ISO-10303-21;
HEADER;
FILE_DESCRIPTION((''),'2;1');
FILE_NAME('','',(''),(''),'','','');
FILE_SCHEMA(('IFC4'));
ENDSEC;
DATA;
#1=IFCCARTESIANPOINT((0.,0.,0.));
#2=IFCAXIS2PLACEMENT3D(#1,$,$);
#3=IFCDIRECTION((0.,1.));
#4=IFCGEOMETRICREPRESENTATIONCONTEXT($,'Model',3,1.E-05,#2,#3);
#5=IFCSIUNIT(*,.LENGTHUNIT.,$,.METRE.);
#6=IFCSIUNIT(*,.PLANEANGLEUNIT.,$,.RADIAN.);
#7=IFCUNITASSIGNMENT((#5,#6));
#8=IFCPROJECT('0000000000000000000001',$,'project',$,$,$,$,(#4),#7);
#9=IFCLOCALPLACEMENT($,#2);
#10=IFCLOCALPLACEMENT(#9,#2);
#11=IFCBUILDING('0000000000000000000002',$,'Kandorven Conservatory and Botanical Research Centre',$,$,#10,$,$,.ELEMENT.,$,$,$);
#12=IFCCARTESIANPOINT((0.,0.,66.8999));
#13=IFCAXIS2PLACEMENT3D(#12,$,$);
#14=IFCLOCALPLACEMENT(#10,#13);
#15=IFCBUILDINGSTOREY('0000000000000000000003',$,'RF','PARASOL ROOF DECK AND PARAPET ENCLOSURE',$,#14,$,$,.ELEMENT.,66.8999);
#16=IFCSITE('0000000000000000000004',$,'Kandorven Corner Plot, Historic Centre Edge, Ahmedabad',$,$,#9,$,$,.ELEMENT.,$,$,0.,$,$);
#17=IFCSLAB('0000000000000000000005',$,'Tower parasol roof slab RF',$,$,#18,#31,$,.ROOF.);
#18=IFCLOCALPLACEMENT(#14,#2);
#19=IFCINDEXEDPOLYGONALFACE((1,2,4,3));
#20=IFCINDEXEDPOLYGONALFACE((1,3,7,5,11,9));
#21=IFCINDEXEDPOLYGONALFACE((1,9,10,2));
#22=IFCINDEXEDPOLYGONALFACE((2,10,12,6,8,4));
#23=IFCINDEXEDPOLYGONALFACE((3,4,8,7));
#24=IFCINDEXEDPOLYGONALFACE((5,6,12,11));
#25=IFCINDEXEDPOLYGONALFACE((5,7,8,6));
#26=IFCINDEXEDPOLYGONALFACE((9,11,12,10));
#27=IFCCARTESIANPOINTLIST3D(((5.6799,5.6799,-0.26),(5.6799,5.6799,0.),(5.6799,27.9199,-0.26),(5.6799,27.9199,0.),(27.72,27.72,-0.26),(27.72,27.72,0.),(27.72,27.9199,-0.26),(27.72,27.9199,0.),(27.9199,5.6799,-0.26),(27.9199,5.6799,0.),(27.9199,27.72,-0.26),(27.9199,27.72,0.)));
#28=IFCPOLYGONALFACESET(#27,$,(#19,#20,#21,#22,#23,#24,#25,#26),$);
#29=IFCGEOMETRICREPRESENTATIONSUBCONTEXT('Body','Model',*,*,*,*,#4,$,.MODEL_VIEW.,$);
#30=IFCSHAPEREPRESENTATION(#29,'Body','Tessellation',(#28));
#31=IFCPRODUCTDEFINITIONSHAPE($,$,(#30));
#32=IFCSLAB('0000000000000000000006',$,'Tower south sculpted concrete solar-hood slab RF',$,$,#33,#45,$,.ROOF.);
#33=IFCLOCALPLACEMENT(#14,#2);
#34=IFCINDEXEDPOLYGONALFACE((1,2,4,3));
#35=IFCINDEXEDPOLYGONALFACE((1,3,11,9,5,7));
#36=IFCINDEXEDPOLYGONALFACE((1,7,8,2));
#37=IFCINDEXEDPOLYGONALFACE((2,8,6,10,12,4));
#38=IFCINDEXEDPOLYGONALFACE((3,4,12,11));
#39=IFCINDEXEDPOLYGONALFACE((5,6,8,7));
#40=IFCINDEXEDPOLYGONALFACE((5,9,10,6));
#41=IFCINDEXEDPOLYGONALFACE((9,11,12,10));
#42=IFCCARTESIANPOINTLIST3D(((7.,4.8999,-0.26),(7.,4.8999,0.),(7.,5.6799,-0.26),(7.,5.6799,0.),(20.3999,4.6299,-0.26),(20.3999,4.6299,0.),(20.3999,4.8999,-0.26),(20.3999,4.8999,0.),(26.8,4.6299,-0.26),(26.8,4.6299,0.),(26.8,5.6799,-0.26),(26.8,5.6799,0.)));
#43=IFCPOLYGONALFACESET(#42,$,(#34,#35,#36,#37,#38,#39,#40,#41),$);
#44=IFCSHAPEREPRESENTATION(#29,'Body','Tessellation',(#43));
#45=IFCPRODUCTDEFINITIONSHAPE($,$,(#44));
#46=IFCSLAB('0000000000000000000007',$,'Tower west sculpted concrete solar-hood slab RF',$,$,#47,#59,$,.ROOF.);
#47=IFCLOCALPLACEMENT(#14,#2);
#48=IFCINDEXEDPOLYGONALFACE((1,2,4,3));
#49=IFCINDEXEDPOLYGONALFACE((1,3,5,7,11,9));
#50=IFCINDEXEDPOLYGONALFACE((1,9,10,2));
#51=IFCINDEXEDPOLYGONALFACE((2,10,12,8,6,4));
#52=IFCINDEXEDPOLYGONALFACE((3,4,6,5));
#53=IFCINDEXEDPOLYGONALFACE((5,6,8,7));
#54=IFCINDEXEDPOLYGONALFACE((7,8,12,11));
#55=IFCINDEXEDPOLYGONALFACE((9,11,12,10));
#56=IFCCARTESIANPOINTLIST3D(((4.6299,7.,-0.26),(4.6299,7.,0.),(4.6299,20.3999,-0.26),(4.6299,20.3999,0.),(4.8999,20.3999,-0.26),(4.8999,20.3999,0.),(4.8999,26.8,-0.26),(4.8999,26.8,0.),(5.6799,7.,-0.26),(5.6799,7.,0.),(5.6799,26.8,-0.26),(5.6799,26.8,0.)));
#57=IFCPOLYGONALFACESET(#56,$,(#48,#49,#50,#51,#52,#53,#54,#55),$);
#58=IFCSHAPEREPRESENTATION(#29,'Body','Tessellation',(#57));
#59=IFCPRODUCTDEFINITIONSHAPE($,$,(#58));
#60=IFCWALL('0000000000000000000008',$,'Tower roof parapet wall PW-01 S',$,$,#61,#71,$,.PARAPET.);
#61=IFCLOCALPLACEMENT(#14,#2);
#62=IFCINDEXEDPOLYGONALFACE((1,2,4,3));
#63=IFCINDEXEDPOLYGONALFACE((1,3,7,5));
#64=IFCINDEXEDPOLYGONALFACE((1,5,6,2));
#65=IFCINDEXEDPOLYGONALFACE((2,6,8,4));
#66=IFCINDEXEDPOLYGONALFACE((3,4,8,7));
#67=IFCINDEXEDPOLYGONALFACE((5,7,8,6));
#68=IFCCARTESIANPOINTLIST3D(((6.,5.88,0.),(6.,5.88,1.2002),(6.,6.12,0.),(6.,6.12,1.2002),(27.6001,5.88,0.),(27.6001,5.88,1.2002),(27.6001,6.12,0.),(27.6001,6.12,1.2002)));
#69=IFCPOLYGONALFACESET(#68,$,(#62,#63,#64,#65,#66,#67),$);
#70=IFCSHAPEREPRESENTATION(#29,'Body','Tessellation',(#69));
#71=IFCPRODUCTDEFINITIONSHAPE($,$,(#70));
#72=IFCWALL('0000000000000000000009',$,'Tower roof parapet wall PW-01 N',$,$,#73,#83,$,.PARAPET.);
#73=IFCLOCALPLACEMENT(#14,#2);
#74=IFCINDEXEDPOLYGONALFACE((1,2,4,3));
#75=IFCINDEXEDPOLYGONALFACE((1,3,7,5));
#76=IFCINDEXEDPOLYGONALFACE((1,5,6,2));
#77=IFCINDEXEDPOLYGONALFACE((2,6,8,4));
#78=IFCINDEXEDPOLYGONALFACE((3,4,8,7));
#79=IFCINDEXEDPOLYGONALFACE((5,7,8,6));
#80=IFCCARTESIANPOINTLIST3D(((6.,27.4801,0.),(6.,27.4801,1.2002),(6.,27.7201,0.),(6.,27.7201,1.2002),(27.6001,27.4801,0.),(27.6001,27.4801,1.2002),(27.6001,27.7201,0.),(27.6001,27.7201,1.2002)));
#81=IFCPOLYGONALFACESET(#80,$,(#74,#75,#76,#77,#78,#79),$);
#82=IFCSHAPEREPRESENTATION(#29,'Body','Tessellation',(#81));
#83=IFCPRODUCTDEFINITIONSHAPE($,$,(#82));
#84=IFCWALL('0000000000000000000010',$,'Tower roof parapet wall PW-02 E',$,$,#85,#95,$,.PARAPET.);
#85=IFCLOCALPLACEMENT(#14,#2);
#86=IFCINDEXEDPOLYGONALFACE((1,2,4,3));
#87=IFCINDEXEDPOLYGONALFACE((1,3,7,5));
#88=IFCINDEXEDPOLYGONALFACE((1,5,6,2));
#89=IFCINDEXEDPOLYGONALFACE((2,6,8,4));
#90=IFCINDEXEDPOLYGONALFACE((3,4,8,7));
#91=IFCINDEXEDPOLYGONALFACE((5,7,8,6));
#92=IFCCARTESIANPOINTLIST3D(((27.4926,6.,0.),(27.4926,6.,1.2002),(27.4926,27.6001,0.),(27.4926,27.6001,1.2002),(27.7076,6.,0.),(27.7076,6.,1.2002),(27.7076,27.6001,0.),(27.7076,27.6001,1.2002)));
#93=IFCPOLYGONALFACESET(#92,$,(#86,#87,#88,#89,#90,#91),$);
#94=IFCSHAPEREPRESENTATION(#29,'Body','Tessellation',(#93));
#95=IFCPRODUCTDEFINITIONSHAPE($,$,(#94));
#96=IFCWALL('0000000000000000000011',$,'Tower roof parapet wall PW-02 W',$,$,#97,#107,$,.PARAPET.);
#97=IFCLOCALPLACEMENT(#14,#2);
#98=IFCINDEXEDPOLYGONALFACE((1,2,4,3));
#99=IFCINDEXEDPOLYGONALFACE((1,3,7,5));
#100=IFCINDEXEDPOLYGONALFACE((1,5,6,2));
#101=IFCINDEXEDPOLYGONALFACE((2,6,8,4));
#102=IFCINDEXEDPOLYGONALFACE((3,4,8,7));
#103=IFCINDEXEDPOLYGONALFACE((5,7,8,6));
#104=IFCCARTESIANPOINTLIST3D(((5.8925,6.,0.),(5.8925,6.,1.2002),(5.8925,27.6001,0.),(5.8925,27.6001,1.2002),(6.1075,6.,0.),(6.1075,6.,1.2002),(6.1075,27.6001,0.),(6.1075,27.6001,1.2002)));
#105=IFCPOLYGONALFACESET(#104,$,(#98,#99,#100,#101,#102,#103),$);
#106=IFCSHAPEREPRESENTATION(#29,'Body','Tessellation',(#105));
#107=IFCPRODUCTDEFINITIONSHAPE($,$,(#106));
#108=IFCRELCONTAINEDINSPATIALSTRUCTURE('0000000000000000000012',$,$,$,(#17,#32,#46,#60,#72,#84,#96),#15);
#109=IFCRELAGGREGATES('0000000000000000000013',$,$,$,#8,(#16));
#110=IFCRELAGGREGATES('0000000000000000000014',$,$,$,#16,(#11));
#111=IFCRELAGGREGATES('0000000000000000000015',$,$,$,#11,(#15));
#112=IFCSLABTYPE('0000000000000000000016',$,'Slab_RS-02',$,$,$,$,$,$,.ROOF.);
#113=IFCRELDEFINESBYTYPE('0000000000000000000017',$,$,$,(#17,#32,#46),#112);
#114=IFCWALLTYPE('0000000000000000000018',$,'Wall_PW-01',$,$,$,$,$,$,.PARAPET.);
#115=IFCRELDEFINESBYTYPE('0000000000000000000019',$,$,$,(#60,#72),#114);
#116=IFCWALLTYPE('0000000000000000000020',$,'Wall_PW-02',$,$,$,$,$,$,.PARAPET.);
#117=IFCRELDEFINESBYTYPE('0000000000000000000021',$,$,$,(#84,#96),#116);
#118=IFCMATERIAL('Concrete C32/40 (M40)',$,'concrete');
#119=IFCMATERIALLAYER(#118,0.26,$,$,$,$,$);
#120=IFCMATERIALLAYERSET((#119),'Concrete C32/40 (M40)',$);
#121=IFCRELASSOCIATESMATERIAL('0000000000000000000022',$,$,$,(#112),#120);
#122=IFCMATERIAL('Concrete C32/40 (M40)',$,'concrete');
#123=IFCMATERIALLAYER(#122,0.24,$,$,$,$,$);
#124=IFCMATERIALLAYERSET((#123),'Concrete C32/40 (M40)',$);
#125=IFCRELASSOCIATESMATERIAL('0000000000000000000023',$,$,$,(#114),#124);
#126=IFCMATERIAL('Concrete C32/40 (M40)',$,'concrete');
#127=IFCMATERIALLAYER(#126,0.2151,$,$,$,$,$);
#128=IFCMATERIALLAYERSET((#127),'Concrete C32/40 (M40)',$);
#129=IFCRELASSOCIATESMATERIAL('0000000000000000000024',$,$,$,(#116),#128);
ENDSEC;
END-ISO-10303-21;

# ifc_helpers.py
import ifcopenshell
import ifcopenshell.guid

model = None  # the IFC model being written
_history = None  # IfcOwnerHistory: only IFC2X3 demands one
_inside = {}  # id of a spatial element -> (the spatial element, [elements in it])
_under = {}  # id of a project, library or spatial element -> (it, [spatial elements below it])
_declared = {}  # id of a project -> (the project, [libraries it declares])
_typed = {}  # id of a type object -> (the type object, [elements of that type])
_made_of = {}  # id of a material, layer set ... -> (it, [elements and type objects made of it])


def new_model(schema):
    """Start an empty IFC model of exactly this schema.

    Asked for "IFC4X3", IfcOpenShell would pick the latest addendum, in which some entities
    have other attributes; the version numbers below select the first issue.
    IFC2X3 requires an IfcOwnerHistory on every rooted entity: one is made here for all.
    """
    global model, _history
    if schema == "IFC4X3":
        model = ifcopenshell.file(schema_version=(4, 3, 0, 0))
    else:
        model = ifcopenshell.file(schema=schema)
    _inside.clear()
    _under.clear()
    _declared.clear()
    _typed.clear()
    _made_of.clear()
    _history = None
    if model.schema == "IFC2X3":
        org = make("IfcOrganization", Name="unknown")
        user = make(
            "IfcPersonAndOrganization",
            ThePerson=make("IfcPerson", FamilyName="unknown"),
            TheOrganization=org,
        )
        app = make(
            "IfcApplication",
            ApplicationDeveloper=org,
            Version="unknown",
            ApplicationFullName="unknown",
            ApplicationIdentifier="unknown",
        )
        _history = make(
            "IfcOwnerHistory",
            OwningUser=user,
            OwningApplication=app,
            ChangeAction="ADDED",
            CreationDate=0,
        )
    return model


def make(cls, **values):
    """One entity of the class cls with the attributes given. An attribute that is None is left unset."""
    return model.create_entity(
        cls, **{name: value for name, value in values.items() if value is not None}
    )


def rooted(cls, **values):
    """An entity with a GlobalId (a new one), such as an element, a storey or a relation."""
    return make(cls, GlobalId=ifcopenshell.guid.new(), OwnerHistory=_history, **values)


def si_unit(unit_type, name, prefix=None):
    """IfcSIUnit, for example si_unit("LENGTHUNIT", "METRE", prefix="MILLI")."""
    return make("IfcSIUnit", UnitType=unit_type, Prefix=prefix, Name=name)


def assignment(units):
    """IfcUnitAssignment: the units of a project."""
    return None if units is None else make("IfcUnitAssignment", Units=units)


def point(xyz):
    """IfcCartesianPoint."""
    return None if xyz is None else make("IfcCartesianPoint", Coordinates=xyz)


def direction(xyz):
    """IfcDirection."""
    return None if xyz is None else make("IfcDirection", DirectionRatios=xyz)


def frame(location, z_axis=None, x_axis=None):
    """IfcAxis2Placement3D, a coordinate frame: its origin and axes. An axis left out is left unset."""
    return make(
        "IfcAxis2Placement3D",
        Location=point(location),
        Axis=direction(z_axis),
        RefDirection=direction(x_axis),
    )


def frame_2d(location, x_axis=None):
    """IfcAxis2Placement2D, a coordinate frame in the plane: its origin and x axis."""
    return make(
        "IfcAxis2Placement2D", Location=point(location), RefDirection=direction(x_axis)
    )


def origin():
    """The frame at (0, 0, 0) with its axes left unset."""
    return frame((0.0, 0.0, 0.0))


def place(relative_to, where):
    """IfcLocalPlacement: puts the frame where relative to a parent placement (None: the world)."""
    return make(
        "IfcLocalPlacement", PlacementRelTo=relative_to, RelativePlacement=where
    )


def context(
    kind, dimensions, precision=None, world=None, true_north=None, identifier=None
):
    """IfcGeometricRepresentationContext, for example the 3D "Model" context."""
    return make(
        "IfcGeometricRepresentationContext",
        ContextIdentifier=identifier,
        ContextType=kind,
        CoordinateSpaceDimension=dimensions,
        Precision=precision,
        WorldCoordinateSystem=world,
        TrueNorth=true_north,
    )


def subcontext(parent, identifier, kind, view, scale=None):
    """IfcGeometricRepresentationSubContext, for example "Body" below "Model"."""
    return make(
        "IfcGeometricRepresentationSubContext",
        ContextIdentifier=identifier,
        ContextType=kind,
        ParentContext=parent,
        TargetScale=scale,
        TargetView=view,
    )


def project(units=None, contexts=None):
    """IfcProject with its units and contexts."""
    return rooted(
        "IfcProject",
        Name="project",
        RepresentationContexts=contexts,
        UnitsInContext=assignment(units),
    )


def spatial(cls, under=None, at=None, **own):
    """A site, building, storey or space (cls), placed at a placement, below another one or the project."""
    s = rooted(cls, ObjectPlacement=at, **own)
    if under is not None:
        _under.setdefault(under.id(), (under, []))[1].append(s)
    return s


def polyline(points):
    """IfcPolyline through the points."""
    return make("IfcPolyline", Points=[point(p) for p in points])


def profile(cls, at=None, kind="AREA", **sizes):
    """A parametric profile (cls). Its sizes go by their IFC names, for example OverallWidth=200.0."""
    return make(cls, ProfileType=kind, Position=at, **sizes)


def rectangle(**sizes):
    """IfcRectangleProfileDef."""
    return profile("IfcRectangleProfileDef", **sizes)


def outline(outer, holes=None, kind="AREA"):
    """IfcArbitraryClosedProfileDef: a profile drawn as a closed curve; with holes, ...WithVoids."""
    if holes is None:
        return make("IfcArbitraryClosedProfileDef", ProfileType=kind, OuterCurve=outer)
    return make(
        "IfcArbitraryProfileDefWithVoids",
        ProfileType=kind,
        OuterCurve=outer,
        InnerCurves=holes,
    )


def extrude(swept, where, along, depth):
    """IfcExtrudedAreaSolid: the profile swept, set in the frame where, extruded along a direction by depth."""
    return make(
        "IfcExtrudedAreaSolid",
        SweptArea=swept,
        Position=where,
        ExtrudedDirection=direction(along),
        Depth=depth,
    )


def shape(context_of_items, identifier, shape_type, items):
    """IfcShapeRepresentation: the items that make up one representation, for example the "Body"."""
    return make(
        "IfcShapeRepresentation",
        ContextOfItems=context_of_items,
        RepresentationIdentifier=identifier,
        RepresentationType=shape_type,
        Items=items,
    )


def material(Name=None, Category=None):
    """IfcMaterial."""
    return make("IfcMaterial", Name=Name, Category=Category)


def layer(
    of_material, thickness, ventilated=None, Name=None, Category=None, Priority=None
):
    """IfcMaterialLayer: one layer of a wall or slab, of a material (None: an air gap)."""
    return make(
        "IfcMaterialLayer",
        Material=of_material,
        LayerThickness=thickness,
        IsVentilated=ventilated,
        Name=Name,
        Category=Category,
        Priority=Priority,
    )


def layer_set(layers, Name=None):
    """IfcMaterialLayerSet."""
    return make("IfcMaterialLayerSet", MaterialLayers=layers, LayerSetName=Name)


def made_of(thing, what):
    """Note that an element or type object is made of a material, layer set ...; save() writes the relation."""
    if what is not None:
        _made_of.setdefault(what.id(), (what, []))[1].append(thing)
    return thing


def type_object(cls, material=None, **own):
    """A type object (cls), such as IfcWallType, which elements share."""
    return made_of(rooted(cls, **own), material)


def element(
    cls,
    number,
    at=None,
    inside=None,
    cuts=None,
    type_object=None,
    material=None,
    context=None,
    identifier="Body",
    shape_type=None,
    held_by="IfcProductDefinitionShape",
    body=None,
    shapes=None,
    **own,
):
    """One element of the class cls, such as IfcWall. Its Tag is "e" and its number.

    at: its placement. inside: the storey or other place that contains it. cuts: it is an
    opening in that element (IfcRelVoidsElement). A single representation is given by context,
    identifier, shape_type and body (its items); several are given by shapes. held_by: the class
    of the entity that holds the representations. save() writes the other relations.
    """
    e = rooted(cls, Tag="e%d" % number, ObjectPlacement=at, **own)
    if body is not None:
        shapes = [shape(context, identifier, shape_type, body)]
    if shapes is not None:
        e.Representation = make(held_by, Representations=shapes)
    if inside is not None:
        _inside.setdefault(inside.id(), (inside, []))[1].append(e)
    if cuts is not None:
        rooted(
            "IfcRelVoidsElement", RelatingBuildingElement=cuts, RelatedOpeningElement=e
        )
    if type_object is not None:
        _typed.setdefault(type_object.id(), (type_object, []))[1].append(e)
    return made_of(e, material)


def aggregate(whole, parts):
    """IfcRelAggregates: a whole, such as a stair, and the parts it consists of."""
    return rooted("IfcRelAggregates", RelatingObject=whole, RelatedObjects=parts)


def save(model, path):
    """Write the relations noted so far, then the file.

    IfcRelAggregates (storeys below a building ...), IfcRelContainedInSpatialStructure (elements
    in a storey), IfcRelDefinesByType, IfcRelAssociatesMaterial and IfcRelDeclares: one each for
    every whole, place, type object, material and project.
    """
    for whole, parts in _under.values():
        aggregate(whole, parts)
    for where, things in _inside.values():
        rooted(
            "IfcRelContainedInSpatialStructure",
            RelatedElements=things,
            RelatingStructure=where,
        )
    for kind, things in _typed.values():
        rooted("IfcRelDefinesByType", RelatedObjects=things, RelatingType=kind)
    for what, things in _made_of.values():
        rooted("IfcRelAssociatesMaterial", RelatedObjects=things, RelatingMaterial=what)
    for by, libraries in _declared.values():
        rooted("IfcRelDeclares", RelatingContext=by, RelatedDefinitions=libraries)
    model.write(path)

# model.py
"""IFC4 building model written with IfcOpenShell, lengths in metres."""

from ifc_helpers import new_model, si_unit, direction, frame, frame_2d, origin, place, context, subcontext, project, spatial, polyline, rectangle, outline, extrude, material, layer, layer_set, type_object, element, save


model = new_model("IFC4")

# Units and contexts
model_context = context("Model", 3, precision=1e-05, world=origin(), true_north=direction((0.0, 1.0)))
body_context = subcontext(model_context, "Body", "Model", "MODEL_VIEW")
ifc_project = project(units=[si_unit("LENGTHUNIT", "METRE"), si_unit("PLANEANGLEUNIT", "RADIAN")], contexts=[model_context])

# Site, building, storey
site_placement = place(None, origin())
site = spatial("IfcSite", under=ifc_project, at=site_placement, Name="Kandorven Corner Plot, Historic Centre Edge, Ahmedabad", CompositionType="ELEMENT", RefElevation=0.0)
building_placement = place(site_placement, origin())
building = spatial("IfcBuilding", under=site, at=building_placement, Name="Kandorven Conservatory and Botanical Research Centre", CompositionType="ELEMENT")
storey_placement = place(building_placement, frame((0.0, 0.0, 66.8999)))
storey = spatial("IfcBuildingStorey", under=building, at=storey_placement, Name="RF", Description="PARASOL ROOF DECK AND PARAPET ENCLOSURE", CompositionType="ELEMENT", Elevation=66.8999)

# Slabs
ifc_material_1 = material(Name="Concrete C32/40 (M40)", Category="concrete")
ifc_layer_1 = layer(ifc_material_1, 0.26)
ifc_layer_set_1 = layer_set([ifc_layer_1], Name="Concrete C32/40 (M40)")
slab_type = type_object("IfcSlabType", Name="Slab_RS-02", PredefinedType="ROOF", material=ifc_layer_set_1)
slab_1_placement = place(storey_placement, frame((0.0, 0.0, -0.26)))
element("IfcSlab", 1, at=slab_1_placement, inside=storey, type_object=slab_type, Name="Tower parasol roof slab RF", PredefinedType="ROOF", context=body_context, shape_type="SweptSolid", body=[
    extrude(outline(polyline([(5.6799, 5.6799), (27.9199, 5.6799), (27.9199, 27.72), (27.72, 27.72), (27.72, 27.9199), (5.6799, 27.9199), (5.6799, 5.6799)])), origin(), (0.0, 0.0, 1.0), 0.26),
])
slab_2_placement = place(storey_placement, frame((0.0, 0.0, -0.26)))
element("IfcSlab", 2, at=slab_2_placement, inside=storey, type_object=slab_type, Name="Tower south sculpted concrete solar-hood slab RF", PredefinedType="ROOF", context=body_context, shape_type="SweptSolid", body=[
    extrude(outline(polyline([(7.0, 5.6799), (26.8, 5.6799), (26.8, 4.6299), (20.3999, 4.6299), (20.3999, 4.8999), (7.0, 4.8999), (7.0, 5.6799)])), origin(), (0.0, 0.0, 1.0), 0.26),
])
slab_3_placement = place(storey_placement, frame((0.0, 0.0, -0.26)))
element("IfcSlab", 3, at=slab_3_placement, inside=storey, type_object=slab_type, Name="Tower west sculpted concrete solar-hood slab RF", PredefinedType="ROOF", context=body_context, shape_type="SweptSolid", body=[
    extrude(outline(polyline([(4.6299, 7.0), (5.6799, 7.0), (5.6799, 26.8), (4.8999, 26.8), (4.8999, 20.3999), (4.6299, 20.3999), (4.6299, 7.0)])), origin(), (0.0, 0.0, 1.0), 0.26),
])

# Walls
ifc_material_2 = material(Name="Concrete C32/40 (M40)", Category="concrete")
ifc_layer_2 = layer(ifc_material_2, 0.24)
ifc_layer_set_2 = layer_set([ifc_layer_2], Name="Concrete C32/40 (M40)")
wall_type_1 = type_object("IfcWallType", Name="Wall_PW-01", PredefinedType="PARAPET", material=ifc_layer_set_2)
for number, where, z_axis, x_axis, name in (
    (4, (6.0, 6.0, 0.0), (0.0, 0.0, 1.0), (1.0, 0.0, 0.0), "Tower roof parapet wall PW-01 S"),
    (5, (27.6001, 27.6001, 0.0), (0.0, 0.0, 1.0), (-1.0, 0.0, 0.0), "Tower roof parapet wall PW-01 N"),
):
    element("IfcWall", number, at=place(storey_placement, frame(where, z_axis=z_axis, x_axis=x_axis)), inside=storey, type_object=wall_type_1, Name=name, PredefinedType="PARAPET", context=body_context, shape_type="SweptSolid", body=[
        extrude(rectangle(XDim=21.6001, YDim=0.24, at=frame_2d((10.8, 0.0))), origin(), (0.0, 0.0, 1.0), 1.2002),
    ])
ifc_material_3 = material(Name="Concrete C32/40 (M40)", Category="concrete")
ifc_layer_3 = layer(ifc_material_3, 0.2151)
ifc_layer_set_3 = layer_set([ifc_layer_3], Name="Concrete C32/40 (M40)")
wall_type_2 = type_object("IfcWallType", Name="Wall_PW-02", PredefinedType="PARAPET", material=ifc_layer_set_3)
for number, where, z_axis, x_axis, name in (
    (6, (27.6001, 6.0, 0.0), (0.0, 0.0, 1.0), (0.0, 1.0, 0.0), "Tower roof parapet wall PW-02 E"),
    (7, (6.0, 27.6001, 0.0), (0.0, 0.0, 1.0), (0.0, -1.0, 0.0), "Tower roof parapet wall PW-02 W"),
):
    element("IfcWall", number, at=place(storey_placement, frame(where, z_axis=z_axis, x_axis=x_axis)), inside=storey, type_object=wall_type_2, Name=name, PredefinedType="PARAPET", context=body_context, shape_type="SweptSolid", body=[
        extrude(rectangle(XDim=21.6001, YDim=0.2151, at=frame_2d((10.8, 0.0))), origin(), (0.0, 0.0, 1.0), 1.2002),
    ])

save(model, "model.ifc")
